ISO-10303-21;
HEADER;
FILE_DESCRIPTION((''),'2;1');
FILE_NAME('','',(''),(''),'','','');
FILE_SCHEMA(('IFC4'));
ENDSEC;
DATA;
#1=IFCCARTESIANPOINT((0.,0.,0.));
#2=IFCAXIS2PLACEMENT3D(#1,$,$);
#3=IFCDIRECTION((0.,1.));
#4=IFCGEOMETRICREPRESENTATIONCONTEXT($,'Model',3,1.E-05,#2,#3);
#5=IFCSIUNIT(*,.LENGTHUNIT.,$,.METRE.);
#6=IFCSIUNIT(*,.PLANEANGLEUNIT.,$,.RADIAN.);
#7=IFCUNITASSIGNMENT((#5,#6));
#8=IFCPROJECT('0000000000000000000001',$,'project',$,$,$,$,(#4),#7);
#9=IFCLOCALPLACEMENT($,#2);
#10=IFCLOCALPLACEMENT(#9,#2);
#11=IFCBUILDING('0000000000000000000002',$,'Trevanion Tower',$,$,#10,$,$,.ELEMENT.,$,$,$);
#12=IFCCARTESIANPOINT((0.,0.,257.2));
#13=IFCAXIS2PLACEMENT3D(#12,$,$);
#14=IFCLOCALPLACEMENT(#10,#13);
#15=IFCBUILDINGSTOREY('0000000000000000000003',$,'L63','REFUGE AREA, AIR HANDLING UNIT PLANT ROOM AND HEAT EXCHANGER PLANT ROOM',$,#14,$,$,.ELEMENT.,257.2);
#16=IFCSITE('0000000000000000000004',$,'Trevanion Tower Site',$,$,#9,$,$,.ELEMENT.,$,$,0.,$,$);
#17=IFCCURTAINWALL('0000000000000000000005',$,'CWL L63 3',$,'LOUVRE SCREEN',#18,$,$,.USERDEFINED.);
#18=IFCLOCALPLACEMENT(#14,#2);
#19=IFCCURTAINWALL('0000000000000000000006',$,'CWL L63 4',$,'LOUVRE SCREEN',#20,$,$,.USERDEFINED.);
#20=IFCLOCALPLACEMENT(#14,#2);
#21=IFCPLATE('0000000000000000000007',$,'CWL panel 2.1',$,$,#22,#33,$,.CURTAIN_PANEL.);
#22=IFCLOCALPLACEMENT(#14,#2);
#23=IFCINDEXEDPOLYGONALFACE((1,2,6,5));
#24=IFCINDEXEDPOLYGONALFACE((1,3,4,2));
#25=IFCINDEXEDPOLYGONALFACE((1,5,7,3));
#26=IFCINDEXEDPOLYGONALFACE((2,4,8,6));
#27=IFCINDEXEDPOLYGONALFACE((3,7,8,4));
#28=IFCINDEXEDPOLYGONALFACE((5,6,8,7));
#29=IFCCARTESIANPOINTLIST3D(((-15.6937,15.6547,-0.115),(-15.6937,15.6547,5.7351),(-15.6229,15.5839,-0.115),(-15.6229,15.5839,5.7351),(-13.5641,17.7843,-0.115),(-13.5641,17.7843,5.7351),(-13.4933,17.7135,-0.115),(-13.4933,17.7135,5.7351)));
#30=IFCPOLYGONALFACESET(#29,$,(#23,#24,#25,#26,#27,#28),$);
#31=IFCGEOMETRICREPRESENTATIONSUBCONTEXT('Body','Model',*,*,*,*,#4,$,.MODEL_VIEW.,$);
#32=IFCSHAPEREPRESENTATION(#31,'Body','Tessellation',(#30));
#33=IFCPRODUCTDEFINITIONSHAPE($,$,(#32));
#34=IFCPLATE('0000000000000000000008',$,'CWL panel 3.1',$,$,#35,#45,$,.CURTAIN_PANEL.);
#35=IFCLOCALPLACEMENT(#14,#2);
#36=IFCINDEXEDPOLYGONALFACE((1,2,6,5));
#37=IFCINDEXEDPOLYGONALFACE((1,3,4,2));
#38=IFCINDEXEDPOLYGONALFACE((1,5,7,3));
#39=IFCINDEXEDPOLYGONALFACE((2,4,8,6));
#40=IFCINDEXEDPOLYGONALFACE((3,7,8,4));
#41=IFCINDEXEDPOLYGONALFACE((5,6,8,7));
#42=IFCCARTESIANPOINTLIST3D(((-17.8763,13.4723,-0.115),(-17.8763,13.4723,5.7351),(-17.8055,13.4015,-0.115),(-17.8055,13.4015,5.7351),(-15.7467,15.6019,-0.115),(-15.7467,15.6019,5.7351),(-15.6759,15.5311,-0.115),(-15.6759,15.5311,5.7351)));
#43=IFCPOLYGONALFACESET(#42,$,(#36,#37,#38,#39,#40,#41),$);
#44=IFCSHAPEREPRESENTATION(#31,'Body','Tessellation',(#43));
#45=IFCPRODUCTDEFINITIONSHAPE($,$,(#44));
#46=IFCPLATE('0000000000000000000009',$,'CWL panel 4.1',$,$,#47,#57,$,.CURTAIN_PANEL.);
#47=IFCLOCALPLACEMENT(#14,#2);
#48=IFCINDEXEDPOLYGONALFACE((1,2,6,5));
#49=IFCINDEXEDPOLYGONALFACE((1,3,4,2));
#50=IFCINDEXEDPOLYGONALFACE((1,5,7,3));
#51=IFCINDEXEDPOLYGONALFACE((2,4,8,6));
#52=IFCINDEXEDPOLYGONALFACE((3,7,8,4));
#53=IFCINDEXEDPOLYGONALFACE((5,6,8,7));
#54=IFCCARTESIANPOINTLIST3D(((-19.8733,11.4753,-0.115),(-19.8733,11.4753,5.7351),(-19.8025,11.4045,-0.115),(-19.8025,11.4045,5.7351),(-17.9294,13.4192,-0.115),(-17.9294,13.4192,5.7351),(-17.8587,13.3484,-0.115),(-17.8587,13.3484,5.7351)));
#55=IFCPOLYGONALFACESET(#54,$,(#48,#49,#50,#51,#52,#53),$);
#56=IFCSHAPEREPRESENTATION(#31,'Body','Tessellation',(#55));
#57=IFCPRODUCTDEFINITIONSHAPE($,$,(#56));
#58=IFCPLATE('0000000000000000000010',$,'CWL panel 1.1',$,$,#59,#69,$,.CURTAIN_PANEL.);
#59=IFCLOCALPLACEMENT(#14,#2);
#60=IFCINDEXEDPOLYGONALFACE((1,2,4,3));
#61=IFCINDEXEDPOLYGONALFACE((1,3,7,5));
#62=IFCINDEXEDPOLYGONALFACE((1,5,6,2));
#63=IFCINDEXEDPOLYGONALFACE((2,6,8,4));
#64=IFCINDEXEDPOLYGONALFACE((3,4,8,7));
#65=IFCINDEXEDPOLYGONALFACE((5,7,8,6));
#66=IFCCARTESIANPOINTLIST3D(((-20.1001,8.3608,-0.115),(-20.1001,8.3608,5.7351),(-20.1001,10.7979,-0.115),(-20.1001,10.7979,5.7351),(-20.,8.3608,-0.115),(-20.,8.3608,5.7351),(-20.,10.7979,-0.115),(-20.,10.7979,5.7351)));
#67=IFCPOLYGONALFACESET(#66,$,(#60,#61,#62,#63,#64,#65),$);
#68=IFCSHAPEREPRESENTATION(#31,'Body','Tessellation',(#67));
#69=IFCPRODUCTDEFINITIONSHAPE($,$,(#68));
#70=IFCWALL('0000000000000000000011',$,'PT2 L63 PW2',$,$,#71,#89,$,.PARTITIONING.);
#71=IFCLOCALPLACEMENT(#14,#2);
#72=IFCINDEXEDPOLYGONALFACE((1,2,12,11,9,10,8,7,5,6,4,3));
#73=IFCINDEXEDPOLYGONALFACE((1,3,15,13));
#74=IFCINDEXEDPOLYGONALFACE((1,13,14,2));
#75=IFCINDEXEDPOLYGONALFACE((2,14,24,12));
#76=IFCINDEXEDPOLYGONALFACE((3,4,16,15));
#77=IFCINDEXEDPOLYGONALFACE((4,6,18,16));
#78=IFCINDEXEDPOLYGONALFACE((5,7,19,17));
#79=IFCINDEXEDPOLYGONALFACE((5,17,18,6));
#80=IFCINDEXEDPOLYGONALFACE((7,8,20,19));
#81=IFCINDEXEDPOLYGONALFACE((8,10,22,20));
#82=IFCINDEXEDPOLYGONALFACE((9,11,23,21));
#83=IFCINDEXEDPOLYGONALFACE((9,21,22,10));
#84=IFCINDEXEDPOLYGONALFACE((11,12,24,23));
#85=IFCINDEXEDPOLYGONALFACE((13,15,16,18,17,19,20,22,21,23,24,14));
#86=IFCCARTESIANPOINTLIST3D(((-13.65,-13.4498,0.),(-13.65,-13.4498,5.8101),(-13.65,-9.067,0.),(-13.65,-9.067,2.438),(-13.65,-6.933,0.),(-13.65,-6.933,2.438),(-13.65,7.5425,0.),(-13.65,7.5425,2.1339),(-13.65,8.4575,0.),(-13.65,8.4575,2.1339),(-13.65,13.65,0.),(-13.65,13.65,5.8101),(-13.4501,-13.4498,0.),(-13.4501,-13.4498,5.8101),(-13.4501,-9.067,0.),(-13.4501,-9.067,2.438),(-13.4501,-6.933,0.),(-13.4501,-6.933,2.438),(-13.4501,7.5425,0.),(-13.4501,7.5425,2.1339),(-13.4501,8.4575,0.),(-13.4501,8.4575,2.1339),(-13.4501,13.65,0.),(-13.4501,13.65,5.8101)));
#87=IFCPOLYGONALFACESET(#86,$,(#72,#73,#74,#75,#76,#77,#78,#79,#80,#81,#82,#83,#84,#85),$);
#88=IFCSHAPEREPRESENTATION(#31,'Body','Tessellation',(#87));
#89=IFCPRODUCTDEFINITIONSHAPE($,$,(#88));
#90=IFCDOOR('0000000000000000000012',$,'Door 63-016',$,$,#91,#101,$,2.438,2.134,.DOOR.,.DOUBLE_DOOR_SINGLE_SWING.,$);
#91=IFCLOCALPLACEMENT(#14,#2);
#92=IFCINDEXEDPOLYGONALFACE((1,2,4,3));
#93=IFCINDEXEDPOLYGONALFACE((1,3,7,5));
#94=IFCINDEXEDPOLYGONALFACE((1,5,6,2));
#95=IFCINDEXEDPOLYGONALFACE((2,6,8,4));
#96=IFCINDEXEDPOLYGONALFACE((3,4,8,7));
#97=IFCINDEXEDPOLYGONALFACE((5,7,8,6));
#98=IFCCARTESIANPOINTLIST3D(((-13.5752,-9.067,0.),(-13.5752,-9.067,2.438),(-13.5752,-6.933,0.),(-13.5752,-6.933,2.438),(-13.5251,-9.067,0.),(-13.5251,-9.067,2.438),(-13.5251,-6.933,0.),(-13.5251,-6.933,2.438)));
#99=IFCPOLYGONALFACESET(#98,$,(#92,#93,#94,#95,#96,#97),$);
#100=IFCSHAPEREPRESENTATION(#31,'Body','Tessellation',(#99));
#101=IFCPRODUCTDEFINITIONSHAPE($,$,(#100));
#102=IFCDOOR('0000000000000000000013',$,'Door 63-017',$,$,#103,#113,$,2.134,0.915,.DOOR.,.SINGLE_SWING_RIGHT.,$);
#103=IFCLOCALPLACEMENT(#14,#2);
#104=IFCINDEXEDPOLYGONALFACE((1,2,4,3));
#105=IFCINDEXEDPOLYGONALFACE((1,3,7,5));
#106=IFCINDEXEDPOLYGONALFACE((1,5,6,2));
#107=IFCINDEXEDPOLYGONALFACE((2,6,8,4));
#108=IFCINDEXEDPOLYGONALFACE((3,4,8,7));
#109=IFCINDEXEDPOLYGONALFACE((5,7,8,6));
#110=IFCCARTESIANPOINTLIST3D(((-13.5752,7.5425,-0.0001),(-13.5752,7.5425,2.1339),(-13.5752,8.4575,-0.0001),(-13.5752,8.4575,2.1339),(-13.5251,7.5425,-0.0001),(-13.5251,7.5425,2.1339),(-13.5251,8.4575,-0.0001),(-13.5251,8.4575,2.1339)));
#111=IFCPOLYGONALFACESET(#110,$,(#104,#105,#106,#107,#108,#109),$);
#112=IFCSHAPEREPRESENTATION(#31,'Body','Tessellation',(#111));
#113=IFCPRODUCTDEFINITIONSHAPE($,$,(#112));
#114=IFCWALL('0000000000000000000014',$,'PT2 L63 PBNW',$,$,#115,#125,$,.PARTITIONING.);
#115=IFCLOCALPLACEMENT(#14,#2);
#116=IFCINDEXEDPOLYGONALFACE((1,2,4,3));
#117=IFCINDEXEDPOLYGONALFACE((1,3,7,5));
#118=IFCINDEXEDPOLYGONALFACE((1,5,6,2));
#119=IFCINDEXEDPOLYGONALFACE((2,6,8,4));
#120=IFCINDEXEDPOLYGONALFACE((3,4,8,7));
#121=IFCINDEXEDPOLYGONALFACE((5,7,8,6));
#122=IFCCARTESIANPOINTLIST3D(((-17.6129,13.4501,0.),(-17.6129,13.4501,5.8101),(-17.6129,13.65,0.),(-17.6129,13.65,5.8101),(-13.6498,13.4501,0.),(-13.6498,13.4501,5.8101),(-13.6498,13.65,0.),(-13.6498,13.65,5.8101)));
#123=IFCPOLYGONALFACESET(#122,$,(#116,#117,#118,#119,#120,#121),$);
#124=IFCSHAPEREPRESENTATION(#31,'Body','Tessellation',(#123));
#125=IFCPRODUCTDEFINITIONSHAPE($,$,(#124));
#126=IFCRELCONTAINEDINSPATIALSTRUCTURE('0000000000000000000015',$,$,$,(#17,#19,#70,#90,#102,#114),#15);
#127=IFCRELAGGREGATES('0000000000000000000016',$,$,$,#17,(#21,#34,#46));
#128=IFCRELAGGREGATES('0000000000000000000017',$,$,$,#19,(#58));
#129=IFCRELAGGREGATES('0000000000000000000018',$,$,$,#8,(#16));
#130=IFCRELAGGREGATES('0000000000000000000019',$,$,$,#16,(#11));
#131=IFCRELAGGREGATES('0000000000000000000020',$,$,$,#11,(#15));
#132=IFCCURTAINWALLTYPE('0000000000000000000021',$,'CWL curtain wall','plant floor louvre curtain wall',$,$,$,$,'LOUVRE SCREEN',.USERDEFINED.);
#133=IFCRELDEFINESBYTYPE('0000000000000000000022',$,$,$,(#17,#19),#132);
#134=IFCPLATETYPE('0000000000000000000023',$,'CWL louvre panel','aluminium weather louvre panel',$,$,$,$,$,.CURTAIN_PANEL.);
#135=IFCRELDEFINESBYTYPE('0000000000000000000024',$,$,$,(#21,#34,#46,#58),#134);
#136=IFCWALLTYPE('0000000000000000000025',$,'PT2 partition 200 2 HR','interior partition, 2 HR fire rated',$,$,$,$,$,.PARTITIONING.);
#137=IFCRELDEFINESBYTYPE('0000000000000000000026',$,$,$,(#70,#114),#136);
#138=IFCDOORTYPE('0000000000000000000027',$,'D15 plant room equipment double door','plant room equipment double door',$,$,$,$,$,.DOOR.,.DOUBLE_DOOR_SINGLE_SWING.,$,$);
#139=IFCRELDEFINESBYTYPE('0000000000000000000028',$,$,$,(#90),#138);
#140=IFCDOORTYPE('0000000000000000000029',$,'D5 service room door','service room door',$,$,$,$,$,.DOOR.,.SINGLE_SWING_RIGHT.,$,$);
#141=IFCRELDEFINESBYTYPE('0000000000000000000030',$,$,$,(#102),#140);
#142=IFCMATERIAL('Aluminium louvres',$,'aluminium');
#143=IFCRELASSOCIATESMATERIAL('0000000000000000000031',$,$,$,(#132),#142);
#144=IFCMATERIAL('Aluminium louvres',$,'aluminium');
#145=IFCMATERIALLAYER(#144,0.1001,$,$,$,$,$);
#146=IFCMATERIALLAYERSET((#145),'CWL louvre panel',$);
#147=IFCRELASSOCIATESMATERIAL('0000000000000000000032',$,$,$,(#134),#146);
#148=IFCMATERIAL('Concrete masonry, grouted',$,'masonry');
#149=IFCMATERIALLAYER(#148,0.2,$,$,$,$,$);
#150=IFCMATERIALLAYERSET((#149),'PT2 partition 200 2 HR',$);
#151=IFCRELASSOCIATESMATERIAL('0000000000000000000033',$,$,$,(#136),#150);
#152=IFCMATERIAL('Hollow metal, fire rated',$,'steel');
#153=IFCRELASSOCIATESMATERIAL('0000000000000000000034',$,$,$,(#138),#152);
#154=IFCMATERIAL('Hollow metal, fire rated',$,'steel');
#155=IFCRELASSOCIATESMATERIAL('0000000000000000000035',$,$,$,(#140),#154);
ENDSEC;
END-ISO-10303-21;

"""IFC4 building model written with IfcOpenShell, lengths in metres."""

from ifc_helpers import new_model, si_unit, direction, frame, frame_2d, origin, origin_2d, place, context, subcontext, project, spatial, rectangle, extrude, material, layer, layer_set, type_object, element, fill, aggregate, save


model = new_model("IFC4")

# Units and contexts
model_context = context("Model", 3, precision=1e-05, world=origin(), true_north=direction((0.0, 1.0)))
body_context = subcontext(model_context, "Body", "Model", "MODEL_VIEW")
ifc_project = project(units=[si_unit("LENGTHUNIT", "METRE"), si_unit("PLANEANGLEUNIT", "RADIAN")], contexts=[model_context])

# Site, building, storey
site_placement = place(None, origin())
site = spatial("IfcSite", under=ifc_project, at=site_placement, Name="Trevanion Tower Site", CompositionType="ELEMENT", RefElevation=0.0)
building_placement = place(site_placement, origin())
building = spatial("IfcBuilding", under=site, at=building_placement, Name="Trevanion Tower", CompositionType="ELEMENT")
storey_placement = place(building_placement, frame((0.0, 0.0, 257.2)))
storey = spatial("IfcBuildingStorey", under=building, at=storey_placement, Name="L63", Description="REFUGE AREA, AIR HANDLING UNIT PLANT ROOM AND HEAT EXCHANGER PLANT ROOM", CompositionType="ELEMENT", Elevation=257.2)

# Curtain wall
ifc_material_1 = material(Name="Aluminium louvres", Category="aluminium")
curtain_wall_type = type_object("IfcCurtainWallType", Name="CWL curtain wall", Description="plant floor louvre curtain wall", ElementType="LOUVRE SCREEN", PredefinedType="USERDEFINED", material=ifc_material_1)
curtain_wall_1_placement = place(storey_placement, origin())
curtain_wall_1 = element("IfcCurtainWall", 1, at=curtain_wall_1_placement, inside=storey, type_object=curtain_wall_type, Name="CWL L63 3", ObjectType="LOUVRE SCREEN", PredefinedType="USERDEFINED")

# Curtain wall
curtain_wall_2_placement = place(storey_placement, origin())
curtain_wall_2 = element("IfcCurtainWall", 2, at=curtain_wall_2_placement, inside=storey, type_object=curtain_wall_type, Name="CWL L63 4", ObjectType="LOUVRE SCREEN", PredefinedType="USERDEFINED")

# Plates
ifc_material_2 = material(Name="Aluminium louvres", Category="aluminium")
ifc_layer_1 = layer(ifc_material_2, 0.1001)
ifc_layer_set_1 = layer_set([ifc_layer_1], Name="CWL louvre panel")
plate_type = type_object("IfcPlateType", Name="CWL louvre panel", Description="aluminium weather louvre panel", PredefinedType="CURTAIN_PANEL", material=ifc_layer_set_1)
plate_1_placement = place(storey_placement, frame((-14.5935, 16.6841, -0.115), z_axis=(0.0, 0.0, 1.0), x_axis=(-0.707107, -0.707107, 0.0)))
plate_1 = element("IfcPlate", 3, at=plate_1_placement, type_object=plate_type, Name="CWL panel 2.1", PredefinedType="CURTAIN_PANEL", context=body_context, shape_type="SweptSolid", body=[
    extrude(rectangle(XDim=3.0117, YDim=0.1001, at=origin_2d()), origin(), (0.0, 0.0, 1.0), 5.8501),
])
plate_2_placement = place(storey_placement, frame((-16.7761, 14.5017, -0.115), z_axis=(0.0, 0.0, 1.0), x_axis=(-0.707107, -0.707107, 0.0)))
plate_2 = element("IfcPlate", 4, at=plate_2_placement, type_object=plate_type, Name="CWL panel 3.1", PredefinedType="CURTAIN_PANEL", context=body_context, shape_type="SweptSolid", body=[
    extrude(rectangle(XDim=3.0117, YDim=0.1001, at=origin_2d()), origin(), (0.0, 0.0, 1.0), 5.8501),
])
plate_3_placement = place(storey_placement, frame((-18.866, 12.4119, -0.115), z_axis=(0.0, 0.0, 1.0), x_axis=(-0.707107, -0.707107, 0.0)))
plate_3 = element("IfcPlate", 5, at=plate_3_placement, type_object=plate_type, Name="CWL panel 4.1", PredefinedType="CURTAIN_PANEL", context=body_context, shape_type="SweptSolid", body=[
    extrude(rectangle(XDim=2.749, YDim=0.1001, at=origin_2d()), origin(), (0.0, 0.0, 1.0), 5.8501),
])
aggregate(curtain_wall_1, [plate_1, plate_2, plate_3])
plate_4_placement = place(storey_placement, frame((-20.05, 9.5793, -0.115), z_axis=(0.0, 0.0, 1.0), x_axis=(0.0, -1.0, 0.0)))
plate_4 = element("IfcPlate", 6, at=plate_4_placement, type_object=plate_type, Name="CWL panel 1.1", PredefinedType="CURTAIN_PANEL", context=body_context, shape_type="SweptSolid", body=[
    extrude(rectangle(XDim=2.437, YDim=0.1001, at=origin_2d()), origin(), (0.0, 0.0, 1.0), 5.8501),
])
aggregate(curtain_wall_2, [plate_4])

# Wall, openings, doors
ifc_material_3 = material(Name="Concrete masonry, grouted", Category="masonry")
ifc_layer_2 = layer(ifc_material_3, 0.2)
ifc_layer_set_2 = layer_set([ifc_layer_2], Name="PT2 partition 200 2 HR")
wall_type = type_object("IfcWallType", Name="PT2 partition 200 2 HR", Description="interior partition, 2 HR fire rated", PredefinedType="PARTITIONING", material=ifc_layer_set_2)
wall_1_placement = place(storey_placement, frame((-13.55, 13.6499, 0.0), z_axis=(0.0, 0.0, 1.0), x_axis=(0.0, -1.0, 0.0)))
wall_1 = element("IfcWall", 7, at=wall_1_placement, inside=storey, type_object=wall_type, Name="PT2 L63 PW2", PredefinedType="PARTITIONING", context=body_context, shape_type="SweptSolid", body=[
    extrude(rectangle(XDim=27.0999, YDim=0.2, at=frame_2d((13.5498, 0.0))), origin(), (0.0, 0.0, 1.0), 5.8101),
])
opening_1_placement = place(wall_1_placement, frame((20.583, 0.0, 0.0)))
opening_1 = element("IfcOpeningElement", 8, at=opening_1_placement, cuts=wall_1, PredefinedType="OPENING", context=body_context, shape_type="SweptSolid", body=[
    extrude(rectangle(XDim=2.134, YDim=2.438, at=frame_2d((1.0669, 1.219))), frame((0.0, 0.1099, 0.0), z_axis=(0.0, -1.0, 0.0), x_axis=(1.0, 0.0, 0.0)), (0.0, 0.0, 1.0), 0.22),
])
opening_2_placement = place(wall_1_placement, frame((5.1924, 0.0, 0.0)))
opening_2 = element("IfcOpeningElement", 9, at=opening_2_placement, cuts=wall_1, PredefinedType="OPENING", context=body_context, shape_type="SweptSolid", body=[
    extrude(rectangle(XDim=0.915, YDim=2.134, at=frame_2d((0.4575, 1.0669))), frame((0.0, 0.1099, 0.0), z_axis=(0.0, -1.0, 0.0), x_axis=(1.0, 0.0, 0.0)), (0.0, 0.0, 1.0), 0.22),
])
ifc_material_4 = material(Name="Hollow metal, fire rated", Category="steel")
door_type_1 = type_object("IfcDoorType", Name="D15 plant room equipment double door", Description="plant room equipment double door", OperationType="DOUBLE_DOOR_SINGLE_SWING", PredefinedType="DOOR", material=ifc_material_4)
door_1_placement = place(opening_1_placement, origin())
door_1 = element("IfcDoor", 10, at=door_1_placement, inside=storey, type_object=door_type_1, Name="Door 63-016", OperationType="DOUBLE_DOOR_SINGLE_SWING", OverallHeight=2.438, OverallWidth=2.134, PredefinedType="DOOR", context=body_context, shape_type="SweptSolid", body=[
    extrude(rectangle(XDim=2.134, YDim=2.438, at=frame_2d((1.0669, 1.219))), frame((0.0, 0.0249, 0.0), z_axis=(0.0, -1.0, 0.0), x_axis=(1.0, 0.0, 0.0)), (0.0, 0.0, 1.0), 0.05),
])
fill(opening_1, door_1)
ifc_material_5 = material(Name="Hollow metal, fire rated", Category="steel")
door_type_2 = type_object("IfcDoorType", Name="D5 service room door", Description="service room door", OperationType="SINGLE_SWING_RIGHT", PredefinedType="DOOR", material=ifc_material_5)
door_2_placement = place(opening_2_placement, origin())
door_2 = element("IfcDoor", 11, at=door_2_placement, inside=storey, type_object=door_type_2, Name="Door 63-017", OperationType="SINGLE_SWING_RIGHT", OverallHeight=2.134, OverallWidth=0.915, PredefinedType="DOOR", context=body_context, shape_type="SweptSolid", body=[
    extrude(rectangle(XDim=0.915, YDim=2.134, at=frame_2d((0.4575, 1.0669))), frame((0.0, 0.0249, 0.0), z_axis=(0.0, -1.0, 0.0), x_axis=(1.0, 0.0, 0.0)), (0.0, 0.0, 1.0), 0.05),
])
fill(opening_2, door_2)

# Wall
wall_2_placement = place(storey_placement, frame((-13.6499, 13.55, 0.0), z_axis=(0.0, 0.0, 1.0), x_axis=(-1.0, 0.0, 0.0)))
element("IfcWall", 12, at=wall_2_placement, inside=storey, type_object=wall_type, Name="PT2 L63 PBNW", PredefinedType="PARTITIONING", context=body_context, shape_type="SweptSolid", body=[
    extrude(rectangle(XDim=3.9631, YDim=0.2, at=frame_2d((1.9814, 0.0))), origin(), (0.0, 0.0, 1.0), 5.8101),
])

save(model, "model.ifc")
